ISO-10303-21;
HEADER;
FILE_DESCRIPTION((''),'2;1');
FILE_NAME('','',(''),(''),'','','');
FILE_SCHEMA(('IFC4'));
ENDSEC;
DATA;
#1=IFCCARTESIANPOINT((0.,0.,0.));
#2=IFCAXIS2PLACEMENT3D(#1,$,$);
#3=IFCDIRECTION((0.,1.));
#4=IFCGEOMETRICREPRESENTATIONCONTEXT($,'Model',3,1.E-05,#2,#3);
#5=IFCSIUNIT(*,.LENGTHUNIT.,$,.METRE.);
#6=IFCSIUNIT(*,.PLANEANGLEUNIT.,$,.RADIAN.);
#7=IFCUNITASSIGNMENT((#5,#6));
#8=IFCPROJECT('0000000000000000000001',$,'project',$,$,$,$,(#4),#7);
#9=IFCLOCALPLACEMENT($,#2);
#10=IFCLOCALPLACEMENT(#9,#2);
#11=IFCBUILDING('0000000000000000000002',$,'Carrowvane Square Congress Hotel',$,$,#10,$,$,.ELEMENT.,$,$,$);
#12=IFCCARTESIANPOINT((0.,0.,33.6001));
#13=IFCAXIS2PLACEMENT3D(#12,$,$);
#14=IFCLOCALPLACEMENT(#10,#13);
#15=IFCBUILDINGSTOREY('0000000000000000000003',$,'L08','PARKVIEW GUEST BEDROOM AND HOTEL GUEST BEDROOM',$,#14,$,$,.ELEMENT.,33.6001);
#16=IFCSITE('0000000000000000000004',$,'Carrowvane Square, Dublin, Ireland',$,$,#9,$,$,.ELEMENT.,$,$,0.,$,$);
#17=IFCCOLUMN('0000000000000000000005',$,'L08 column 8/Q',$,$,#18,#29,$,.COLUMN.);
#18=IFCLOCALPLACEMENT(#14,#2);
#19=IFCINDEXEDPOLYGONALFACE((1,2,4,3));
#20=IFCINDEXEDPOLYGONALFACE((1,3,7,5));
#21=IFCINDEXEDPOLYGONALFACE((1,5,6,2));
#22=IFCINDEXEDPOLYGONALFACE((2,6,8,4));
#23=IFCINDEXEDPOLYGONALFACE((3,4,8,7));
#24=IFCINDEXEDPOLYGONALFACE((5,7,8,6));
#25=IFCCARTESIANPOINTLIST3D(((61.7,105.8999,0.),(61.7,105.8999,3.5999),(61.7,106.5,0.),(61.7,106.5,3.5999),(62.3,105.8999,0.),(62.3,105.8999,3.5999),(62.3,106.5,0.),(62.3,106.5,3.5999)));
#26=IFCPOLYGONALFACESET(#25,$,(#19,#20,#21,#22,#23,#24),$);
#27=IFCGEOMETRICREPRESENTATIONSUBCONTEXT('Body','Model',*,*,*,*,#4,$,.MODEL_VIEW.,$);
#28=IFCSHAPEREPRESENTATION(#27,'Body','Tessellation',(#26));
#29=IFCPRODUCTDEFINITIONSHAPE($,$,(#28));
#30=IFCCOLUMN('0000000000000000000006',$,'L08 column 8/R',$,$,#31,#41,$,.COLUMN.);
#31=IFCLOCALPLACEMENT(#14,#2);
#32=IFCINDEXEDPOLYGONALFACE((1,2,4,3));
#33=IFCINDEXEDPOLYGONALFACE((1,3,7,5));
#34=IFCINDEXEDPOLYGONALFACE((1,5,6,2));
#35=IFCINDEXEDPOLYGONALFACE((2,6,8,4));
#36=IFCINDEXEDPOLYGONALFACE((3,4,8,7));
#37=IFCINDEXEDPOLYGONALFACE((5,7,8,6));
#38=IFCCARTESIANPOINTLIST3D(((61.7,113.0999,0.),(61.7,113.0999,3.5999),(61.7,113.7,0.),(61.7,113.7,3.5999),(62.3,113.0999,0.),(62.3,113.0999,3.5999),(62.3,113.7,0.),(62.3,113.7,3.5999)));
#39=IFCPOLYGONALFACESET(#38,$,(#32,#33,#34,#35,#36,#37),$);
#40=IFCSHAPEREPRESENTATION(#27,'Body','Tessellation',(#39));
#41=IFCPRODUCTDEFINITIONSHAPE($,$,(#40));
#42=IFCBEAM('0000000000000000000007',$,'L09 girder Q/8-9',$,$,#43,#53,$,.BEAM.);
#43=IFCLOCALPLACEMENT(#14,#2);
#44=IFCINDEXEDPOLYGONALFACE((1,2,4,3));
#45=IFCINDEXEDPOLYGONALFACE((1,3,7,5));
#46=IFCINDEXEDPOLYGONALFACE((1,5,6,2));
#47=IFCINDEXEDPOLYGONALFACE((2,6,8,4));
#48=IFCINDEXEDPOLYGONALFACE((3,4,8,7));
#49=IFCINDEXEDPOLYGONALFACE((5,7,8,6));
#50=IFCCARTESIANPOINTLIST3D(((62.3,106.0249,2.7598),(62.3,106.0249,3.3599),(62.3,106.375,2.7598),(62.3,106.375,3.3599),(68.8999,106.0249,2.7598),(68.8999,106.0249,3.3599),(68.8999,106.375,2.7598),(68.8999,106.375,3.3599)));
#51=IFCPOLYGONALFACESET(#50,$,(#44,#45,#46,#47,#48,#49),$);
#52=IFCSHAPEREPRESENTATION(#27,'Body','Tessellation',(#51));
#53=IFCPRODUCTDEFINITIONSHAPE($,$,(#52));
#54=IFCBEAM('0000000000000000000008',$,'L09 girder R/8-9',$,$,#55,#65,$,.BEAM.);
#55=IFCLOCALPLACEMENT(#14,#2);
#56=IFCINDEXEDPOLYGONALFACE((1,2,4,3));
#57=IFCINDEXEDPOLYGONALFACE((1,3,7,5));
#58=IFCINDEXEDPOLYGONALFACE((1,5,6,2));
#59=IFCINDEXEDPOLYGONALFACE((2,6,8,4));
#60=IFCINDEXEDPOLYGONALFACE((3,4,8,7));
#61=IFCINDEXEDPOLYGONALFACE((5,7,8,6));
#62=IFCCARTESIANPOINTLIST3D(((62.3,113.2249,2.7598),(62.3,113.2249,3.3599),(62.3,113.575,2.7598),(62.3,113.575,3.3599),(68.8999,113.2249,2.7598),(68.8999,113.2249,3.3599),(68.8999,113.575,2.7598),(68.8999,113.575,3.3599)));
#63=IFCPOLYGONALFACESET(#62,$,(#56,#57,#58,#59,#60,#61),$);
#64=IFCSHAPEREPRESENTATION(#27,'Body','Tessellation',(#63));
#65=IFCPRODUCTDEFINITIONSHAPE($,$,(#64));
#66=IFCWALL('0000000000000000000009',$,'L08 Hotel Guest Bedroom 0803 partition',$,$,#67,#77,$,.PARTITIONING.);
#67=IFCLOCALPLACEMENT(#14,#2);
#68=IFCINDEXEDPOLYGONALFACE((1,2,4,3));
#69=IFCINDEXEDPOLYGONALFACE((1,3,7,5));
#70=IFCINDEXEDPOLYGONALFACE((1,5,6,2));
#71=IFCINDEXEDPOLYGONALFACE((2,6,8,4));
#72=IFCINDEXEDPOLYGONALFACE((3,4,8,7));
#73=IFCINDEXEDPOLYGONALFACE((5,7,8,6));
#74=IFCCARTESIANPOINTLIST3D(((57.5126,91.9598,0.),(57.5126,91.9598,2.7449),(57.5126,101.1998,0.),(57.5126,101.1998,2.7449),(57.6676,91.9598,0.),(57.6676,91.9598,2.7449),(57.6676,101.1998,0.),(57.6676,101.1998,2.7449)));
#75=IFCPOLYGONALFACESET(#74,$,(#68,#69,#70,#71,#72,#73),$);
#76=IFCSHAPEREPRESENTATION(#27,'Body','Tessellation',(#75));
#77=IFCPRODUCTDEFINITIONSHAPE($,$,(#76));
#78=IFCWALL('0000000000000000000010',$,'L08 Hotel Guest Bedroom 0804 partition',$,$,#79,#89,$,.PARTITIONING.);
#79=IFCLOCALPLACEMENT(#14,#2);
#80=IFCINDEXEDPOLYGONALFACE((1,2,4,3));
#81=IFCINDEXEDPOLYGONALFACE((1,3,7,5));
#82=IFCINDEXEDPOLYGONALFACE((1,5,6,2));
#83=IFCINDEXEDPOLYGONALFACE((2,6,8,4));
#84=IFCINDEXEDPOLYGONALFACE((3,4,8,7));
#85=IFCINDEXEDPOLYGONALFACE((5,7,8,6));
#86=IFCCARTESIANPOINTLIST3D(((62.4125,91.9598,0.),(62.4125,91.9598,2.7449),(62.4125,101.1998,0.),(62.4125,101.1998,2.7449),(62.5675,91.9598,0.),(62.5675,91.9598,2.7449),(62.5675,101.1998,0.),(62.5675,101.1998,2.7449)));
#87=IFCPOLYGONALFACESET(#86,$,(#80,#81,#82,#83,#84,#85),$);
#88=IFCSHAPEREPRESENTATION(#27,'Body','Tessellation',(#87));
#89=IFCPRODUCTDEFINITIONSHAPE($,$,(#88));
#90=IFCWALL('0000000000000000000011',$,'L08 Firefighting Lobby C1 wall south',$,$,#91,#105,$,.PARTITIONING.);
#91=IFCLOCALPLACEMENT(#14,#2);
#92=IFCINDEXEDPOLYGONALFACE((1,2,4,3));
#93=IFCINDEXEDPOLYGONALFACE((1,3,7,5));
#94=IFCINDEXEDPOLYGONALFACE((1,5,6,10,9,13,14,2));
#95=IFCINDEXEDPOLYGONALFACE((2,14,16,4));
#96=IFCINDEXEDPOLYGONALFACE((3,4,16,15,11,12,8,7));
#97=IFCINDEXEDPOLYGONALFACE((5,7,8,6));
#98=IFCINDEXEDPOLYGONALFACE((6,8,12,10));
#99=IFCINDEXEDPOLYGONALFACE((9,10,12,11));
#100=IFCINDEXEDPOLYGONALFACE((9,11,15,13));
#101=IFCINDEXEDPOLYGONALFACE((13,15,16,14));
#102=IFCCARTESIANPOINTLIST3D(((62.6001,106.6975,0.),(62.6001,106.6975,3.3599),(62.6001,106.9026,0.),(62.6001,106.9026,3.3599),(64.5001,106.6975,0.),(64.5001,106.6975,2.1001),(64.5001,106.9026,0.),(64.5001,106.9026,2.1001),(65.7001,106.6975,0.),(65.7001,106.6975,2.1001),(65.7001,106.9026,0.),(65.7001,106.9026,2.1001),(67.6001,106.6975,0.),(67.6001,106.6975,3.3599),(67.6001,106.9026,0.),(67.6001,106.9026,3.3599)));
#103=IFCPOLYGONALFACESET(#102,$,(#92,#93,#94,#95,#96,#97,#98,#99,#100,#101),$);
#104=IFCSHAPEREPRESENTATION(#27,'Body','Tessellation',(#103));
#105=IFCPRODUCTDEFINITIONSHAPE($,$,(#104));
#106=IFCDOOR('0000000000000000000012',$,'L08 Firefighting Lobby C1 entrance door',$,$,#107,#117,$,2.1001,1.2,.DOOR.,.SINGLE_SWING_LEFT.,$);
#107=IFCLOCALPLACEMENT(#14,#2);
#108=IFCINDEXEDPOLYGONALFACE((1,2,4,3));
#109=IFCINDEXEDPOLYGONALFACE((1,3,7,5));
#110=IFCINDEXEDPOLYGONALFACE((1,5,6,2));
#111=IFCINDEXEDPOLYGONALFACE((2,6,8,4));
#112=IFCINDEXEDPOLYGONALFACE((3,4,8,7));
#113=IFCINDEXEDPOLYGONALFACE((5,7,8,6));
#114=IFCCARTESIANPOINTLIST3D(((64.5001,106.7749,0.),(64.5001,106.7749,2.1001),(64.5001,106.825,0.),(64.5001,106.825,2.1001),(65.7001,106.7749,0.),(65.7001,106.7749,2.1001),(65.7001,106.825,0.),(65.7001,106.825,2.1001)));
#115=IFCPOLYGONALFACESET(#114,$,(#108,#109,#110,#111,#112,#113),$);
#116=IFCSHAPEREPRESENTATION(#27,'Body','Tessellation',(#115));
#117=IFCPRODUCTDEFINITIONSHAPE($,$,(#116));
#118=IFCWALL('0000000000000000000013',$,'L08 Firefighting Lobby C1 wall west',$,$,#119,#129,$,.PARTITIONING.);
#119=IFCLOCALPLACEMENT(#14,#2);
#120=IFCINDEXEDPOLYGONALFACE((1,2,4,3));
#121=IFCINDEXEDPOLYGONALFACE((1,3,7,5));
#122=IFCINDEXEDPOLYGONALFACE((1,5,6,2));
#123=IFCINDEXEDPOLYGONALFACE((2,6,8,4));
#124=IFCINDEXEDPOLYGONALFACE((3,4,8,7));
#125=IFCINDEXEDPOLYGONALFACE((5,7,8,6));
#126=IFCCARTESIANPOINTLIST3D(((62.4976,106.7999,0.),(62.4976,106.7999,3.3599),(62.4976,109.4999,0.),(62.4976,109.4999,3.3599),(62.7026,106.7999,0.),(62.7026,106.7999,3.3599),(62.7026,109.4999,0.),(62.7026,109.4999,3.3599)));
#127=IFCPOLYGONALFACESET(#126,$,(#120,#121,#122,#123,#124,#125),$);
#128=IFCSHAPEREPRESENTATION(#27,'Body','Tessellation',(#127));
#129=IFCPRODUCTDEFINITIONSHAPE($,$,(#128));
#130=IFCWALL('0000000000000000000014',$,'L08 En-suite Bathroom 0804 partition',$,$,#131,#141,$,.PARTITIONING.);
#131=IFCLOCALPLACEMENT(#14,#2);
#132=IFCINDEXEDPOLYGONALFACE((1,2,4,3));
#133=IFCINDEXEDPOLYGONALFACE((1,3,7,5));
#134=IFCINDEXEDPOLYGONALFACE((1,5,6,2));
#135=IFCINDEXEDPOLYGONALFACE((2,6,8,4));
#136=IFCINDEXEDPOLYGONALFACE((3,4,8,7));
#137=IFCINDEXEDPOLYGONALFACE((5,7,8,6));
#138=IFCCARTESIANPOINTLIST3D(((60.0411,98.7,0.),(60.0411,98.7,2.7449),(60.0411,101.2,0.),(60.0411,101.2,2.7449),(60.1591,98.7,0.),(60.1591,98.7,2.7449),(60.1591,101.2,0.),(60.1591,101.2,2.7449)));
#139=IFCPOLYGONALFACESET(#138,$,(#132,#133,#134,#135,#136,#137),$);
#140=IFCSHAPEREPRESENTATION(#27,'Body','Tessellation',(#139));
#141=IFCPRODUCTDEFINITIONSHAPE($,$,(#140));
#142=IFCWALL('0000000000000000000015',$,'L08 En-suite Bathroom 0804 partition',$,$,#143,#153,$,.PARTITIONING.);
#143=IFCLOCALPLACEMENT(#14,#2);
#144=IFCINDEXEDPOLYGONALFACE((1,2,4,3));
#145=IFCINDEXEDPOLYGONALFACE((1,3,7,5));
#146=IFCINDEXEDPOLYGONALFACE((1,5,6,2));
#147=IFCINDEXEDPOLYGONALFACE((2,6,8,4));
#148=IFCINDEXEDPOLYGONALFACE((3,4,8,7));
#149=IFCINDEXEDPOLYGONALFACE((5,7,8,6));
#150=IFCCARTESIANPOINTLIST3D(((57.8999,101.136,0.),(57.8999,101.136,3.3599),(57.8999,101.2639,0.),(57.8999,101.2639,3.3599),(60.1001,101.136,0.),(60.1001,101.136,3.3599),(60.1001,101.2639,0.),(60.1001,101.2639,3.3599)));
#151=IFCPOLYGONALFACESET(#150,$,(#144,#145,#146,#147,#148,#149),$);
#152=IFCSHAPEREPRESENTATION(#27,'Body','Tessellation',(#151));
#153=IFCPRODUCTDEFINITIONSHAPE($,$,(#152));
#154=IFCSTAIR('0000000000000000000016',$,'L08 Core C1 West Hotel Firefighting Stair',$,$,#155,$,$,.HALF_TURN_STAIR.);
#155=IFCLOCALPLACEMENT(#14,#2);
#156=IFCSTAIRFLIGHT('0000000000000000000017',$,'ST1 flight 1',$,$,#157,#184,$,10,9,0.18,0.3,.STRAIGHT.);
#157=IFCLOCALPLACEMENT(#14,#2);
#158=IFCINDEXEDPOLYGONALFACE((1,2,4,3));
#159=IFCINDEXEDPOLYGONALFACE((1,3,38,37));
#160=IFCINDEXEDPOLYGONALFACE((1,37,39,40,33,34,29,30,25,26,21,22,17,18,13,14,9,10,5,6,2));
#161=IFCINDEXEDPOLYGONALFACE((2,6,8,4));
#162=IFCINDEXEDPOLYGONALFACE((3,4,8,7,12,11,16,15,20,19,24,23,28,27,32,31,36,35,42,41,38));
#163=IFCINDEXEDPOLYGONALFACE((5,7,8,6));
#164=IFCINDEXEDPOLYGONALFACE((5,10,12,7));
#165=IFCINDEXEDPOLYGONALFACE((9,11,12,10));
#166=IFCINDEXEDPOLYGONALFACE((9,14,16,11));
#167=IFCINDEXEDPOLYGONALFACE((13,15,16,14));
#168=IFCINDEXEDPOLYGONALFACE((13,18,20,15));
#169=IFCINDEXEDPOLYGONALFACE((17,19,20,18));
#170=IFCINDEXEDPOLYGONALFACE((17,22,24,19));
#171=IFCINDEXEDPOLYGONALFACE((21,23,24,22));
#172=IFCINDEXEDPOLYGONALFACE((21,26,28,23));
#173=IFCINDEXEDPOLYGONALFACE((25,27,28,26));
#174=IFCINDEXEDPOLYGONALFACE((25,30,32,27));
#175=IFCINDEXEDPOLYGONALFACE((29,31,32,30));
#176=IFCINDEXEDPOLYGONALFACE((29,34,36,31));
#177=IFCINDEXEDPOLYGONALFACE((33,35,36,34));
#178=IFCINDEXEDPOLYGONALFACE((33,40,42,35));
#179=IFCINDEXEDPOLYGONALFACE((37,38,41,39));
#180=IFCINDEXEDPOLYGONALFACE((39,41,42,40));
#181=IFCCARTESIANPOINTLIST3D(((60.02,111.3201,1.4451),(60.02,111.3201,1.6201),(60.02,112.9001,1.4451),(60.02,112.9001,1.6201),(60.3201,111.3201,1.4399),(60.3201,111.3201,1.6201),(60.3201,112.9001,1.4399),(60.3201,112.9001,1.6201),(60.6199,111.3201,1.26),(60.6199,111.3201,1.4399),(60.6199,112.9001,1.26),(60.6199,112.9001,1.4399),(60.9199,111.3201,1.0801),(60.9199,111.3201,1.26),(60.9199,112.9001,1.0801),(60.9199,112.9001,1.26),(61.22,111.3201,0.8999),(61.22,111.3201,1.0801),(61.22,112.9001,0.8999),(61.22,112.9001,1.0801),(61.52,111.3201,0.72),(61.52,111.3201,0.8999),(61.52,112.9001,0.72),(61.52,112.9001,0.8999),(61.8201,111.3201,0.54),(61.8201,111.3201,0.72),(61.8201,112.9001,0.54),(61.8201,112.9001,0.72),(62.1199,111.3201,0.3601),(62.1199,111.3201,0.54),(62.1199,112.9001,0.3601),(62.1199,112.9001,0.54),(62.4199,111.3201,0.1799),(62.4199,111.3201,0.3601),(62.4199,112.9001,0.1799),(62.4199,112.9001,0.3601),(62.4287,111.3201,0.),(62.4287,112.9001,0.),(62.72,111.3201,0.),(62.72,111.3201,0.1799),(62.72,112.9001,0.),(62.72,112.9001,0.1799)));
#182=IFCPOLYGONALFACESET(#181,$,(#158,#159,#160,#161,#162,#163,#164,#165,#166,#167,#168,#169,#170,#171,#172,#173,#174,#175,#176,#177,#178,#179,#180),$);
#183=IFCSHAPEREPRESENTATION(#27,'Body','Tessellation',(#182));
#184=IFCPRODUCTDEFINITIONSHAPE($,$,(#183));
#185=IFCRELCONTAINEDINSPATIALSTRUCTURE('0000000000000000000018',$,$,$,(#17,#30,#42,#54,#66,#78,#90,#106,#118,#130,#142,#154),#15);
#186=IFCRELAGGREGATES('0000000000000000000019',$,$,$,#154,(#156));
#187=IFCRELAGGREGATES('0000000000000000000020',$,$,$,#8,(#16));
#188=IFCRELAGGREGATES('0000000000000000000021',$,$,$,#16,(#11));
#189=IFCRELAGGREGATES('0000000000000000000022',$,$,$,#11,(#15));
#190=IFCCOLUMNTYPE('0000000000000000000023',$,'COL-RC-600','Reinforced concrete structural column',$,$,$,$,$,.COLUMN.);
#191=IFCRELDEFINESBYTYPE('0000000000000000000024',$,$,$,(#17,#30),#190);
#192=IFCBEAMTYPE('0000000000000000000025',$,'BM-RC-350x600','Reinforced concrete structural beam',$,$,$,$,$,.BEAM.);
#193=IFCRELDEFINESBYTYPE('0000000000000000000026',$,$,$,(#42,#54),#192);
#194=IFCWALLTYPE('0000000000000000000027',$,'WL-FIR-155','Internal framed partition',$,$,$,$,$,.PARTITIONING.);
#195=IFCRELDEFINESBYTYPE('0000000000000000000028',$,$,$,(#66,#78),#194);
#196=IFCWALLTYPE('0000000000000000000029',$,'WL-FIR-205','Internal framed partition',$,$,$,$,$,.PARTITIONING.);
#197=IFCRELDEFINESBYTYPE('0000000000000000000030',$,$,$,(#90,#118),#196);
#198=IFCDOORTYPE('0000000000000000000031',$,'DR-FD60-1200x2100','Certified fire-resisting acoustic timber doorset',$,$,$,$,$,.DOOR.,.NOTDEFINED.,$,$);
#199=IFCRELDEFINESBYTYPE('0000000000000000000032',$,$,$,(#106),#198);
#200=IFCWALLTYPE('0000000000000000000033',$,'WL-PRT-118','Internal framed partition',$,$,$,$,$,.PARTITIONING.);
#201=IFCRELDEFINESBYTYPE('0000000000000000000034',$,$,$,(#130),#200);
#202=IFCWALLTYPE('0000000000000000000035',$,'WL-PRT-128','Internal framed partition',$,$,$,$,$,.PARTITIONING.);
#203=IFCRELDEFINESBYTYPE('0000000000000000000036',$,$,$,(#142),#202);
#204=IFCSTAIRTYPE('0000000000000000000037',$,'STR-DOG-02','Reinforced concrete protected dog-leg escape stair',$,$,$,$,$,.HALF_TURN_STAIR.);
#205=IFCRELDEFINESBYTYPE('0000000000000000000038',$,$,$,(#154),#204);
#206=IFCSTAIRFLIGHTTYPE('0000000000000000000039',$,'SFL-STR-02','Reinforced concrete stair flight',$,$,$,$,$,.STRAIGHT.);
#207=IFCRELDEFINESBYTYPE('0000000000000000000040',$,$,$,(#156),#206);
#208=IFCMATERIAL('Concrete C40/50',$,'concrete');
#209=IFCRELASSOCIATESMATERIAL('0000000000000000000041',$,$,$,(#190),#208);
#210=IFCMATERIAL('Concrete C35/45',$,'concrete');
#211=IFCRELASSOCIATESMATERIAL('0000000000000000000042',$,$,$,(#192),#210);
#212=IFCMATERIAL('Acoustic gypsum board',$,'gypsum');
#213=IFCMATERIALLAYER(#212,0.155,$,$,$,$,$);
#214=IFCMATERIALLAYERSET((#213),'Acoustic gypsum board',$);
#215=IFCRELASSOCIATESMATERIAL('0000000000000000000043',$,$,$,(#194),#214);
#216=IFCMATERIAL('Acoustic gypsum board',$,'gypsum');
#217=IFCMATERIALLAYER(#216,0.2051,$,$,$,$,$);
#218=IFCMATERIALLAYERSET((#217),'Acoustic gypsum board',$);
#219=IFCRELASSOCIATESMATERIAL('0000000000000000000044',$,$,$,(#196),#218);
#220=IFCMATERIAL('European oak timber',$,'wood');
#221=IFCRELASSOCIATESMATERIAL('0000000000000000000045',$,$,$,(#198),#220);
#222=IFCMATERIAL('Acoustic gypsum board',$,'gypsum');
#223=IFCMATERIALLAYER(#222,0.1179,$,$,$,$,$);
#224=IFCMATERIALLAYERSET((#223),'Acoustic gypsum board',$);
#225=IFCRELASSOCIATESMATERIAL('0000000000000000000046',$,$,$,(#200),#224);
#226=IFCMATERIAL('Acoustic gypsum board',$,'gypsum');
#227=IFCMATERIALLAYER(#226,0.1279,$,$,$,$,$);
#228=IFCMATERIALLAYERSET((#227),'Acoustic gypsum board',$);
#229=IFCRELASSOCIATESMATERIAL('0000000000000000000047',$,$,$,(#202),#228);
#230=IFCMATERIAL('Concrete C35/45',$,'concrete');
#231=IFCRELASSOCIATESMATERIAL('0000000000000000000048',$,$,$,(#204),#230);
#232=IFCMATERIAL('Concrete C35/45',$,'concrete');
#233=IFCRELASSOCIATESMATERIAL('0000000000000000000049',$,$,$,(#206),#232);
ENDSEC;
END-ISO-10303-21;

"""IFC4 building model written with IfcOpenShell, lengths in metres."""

from ifc_helpers import new_model, si_unit, direction, frame, frame_2d, origin, origin_2d, place, context, subcontext, project, spatial, polyline, rectangle, outline, extrude, material, layer, layer_set, material_profile, profile_set, type_object, element, fill, aggregate, save


model = new_model("IFC4")

# Units and contexts
model_context = context("Model", 3, precision=1e-05, world=origin(), true_north=direction((0.0, 1.0)))
body_context = subcontext(model_context, "Body", "Model", "MODEL_VIEW")
ifc_project = project(units=[si_unit("LENGTHUNIT", "METRE"), si_unit("PLANEANGLEUNIT", "RADIAN")], contexts=[model_context])

# Site, building, storey
site_placement = place(None, origin())
site = spatial("IfcSite", under=ifc_project, at=site_placement, Name="Carrowvane Square, Dublin, Ireland", CompositionType="ELEMENT", RefElevation=0.0)
building_placement = place(site_placement, origin())
building = spatial("IfcBuilding", under=site, at=building_placement, Name="Carrowvane Square Congress Hotel", CompositionType="ELEMENT")
storey_placement = place(building_placement, frame((0.0, 0.0, 33.6001)))
storey = spatial("IfcBuildingStorey", under=building, at=storey_placement, Name="L08", Description="PARKVIEW GUEST BEDROOM AND HOTEL GUEST BEDROOM", CompositionType="ELEMENT", Elevation=33.6001)

# Columns
ifc_material_1 = material(Name="Concrete C40/50", Category="concrete")
ifc_material_profile_1 = material_profile(ifc_material_1, rectangle(XDim=0.6001, YDim=0.6001, at=origin_2d()), Name="RC 600x600")
ifc_profile_set_1 = profile_set([ifc_material_profile_1], Name="Concrete C40/50")
column_type = type_object("IfcColumnType", Name="COL-RC-600", Description="Reinforced concrete structural column", PredefinedType="COLUMN", material=ifc_profile_set_1)
for number, where, z_axis, x_axis, name in (
    (1, (62.0, 106.2, 0.0), (0.0, 0.0, 1.0), (1.0, 0.0, 0.0), "L08 column 8/Q"),
    (2, (62.0, 113.3999, 0.0), (0.0, 0.0, 1.0), (1.0, 0.0, 0.0), "L08 column 8/R"),
):
    element("IfcColumn", number, at=place(storey_placement, frame(where, z_axis=z_axis, x_axis=x_axis)), inside=storey, type_object=column_type, Name=name, PredefinedType="COLUMN", context=body_context, shape_type="SweptSolid", body=[
        extrude(rectangle(XDim=0.6001, YDim=0.6001, at=origin_2d()), origin(), (0.0, 0.0, 1.0), 3.5999),
    ])

# Beams
ifc_material_2 = material(Name="Concrete C35/45", Category="concrete")
ifc_material_profile_2 = material_profile(ifc_material_2, rectangle(XDim=0.3501, YDim=0.6001, at=origin_2d()), Name="RC 350x600")
ifc_profile_set_2 = profile_set([ifc_material_profile_2], Name="Concrete C35/45")
beam_type = type_object("IfcBeamType", Name="BM-RC-350x600", Description="Reinforced concrete structural beam", PredefinedType="BEAM", material=ifc_profile_set_2)
for number, where, z_axis, x_axis, name in (
    (3, (62.3, 106.2, 3.0598), (1.0, 0.0, 0.0), (0.0, 1.0, 0.0), "L09 girder Q/8-9"),
    (4, (62.3, 113.3999, 3.0598), (1.0, 0.0, 0.0), (0.0, 1.0, 0.0), "L09 girder R/8-9"),
):
    element("IfcBeam", number, at=place(storey_placement, frame(where, z_axis=z_axis, x_axis=x_axis)), inside=storey, type_object=beam_type, Name=name, PredefinedType="BEAM", context=body_context, shape_type="SweptSolid", body=[
        extrude(rectangle(XDim=0.3501, YDim=0.6001, at=origin_2d()), origin(), (0.0, 0.0, 1.0), 6.5999),
    ])

# Walls
ifc_material_3 = material(Name="Acoustic gypsum board", Category="gypsum")
ifc_layer_1 = layer(ifc_material_3, 0.155)
ifc_layer_set_1 = layer_set([ifc_layer_1], Name="Acoustic gypsum board")
wall_type_1 = type_object("IfcWallType", Name="WL-FIR-155", Description="Internal framed partition", PredefinedType="PARTITIONING", material=ifc_layer_set_1)
for number, where, z_axis, x_axis, name in (
    (5, (57.5901, 101.2, 0.0), (0.0, 0.0, 1.0), (0.0, -1.0, 0.0), "L08 Hotel Guest Bedroom 0803 partition"),
    (6, (62.49, 101.2, 0.0), (0.0, 0.0, 1.0), (0.0, -1.0, 0.0), "L08 Hotel Guest Bedroom 0804 partition"),
):
    element("IfcWall", number, at=place(storey_placement, frame(where, z_axis=z_axis, x_axis=x_axis)), inside=storey, type_object=wall_type_1, Name=name, PredefinedType="PARTITIONING", context=body_context, shape_type="SweptSolid", body=[
        extrude(rectangle(XDim=9.24, YDim=0.155, at=frame_2d((4.6201, 0.0))), origin(), (0.0, 0.0, 1.0), 2.7449),
    ])

# Wall, opening, door
ifc_material_4 = material(Name="Acoustic gypsum board", Category="gypsum")
ifc_layer_2 = layer(ifc_material_4, 0.2051)
ifc_layer_set_2 = layer_set([ifc_layer_2], Name="Acoustic gypsum board")
wall_type_2 = type_object("IfcWallType", Name="WL-FIR-205", Description="Internal framed partition", PredefinedType="PARTITIONING", material=ifc_layer_set_2)
wall_1_placement = place(storey_placement, frame((62.6001, 106.8, 0.0), z_axis=(0.0, 0.0, 1.0), x_axis=(1.0, 0.0, 0.0)))
wall_1 = element("IfcWall", 7, at=wall_1_placement, inside=storey, type_object=wall_type_2, Name="L08 Firefighting Lobby C1 wall south", PredefinedType="PARTITIONING", context=body_context, shape_type="SweptSolid", body=[
    extrude(rectangle(XDim=5.0, YDim=0.2051, at=frame_2d((2.5, 0.0))), origin(), (0.0, 0.0, 1.0), 3.3599),
])
opening_1_placement = place(wall_1_placement, frame((1.8999, 0.0, 0.0)))
opening_1 = element("IfcOpeningElement", 8, at=opening_1_placement, cuts=wall_1, PredefinedType="OPENING", context=body_context, shape_type="SweptSolid", body=[
    extrude(rectangle(XDim=1.2, YDim=2.1001, at=frame_2d((0.6001, 1.05))), frame((0.0, 0.1125, 0.0), z_axis=(0.0, -1.0, 0.0), x_axis=(1.0, 0.0, 0.0)), (0.0, 0.0, 1.0), 0.2251),
])
ifc_material_5 = material(Name="European oak timber", Category="wood")
door_type_1 = type_object("IfcDoorType", Name="DR-FD60-1200x2100", Description="Certified fire-resisting acoustic timber doorset", OperationType="NOTDEFINED", PredefinedType="DOOR", material=ifc_material_5)
door_1_placement = place(opening_1_placement, origin())
door_1 = element("IfcDoor", 9, at=door_1_placement, inside=storey, type_object=door_type_1, Name="L08 Firefighting Lobby C1 entrance door", OperationType="SINGLE_SWING_LEFT", OverallHeight=2.1001, OverallWidth=1.2, PredefinedType="DOOR", context=body_context, shape_type="SweptSolid", body=[
    extrude(rectangle(XDim=1.2, YDim=2.1001, at=frame_2d((0.6001, 1.05))), frame((0.0, 0.0249, 0.0), z_axis=(0.0, -1.0, 0.0), x_axis=(1.0, 0.0, 0.0)), (0.0, 0.0, 1.0), 0.05),
])
fill(opening_1, door_1)

# Walls
wall_2_placement = place(storey_placement, frame((62.6001, 109.5, 0.0), z_axis=(0.0, 0.0, 1.0), x_axis=(0.0, -1.0, 0.0)))
element("IfcWall", 10, at=wall_2_placement, inside=storey, type_object=wall_type_2, Name="L08 Firefighting Lobby C1 wall west", PredefinedType="PARTITIONING", context=body_context, shape_type="SweptSolid", body=[
    extrude(rectangle(XDim=2.7, YDim=0.2051, at=frame_2d((1.3501, 0.0))), origin(), (0.0, 0.0, 1.0), 3.3599),
])
ifc_material_6 = material(Name="Acoustic gypsum board", Category="gypsum")
ifc_layer_3 = layer(ifc_material_6, 0.1179)
ifc_layer_set_3 = layer_set([ifc_layer_3], Name="Acoustic gypsum board")
wall_type_3 = type_object("IfcWallType", Name="WL-PRT-118", Description="Internal framed partition", PredefinedType="PARTITIONING", material=ifc_layer_set_3)
wall_3_placement = place(storey_placement, frame((60.1001, 101.2, 0.0), z_axis=(0.0, 0.0, 1.0), x_axis=(0.0, -1.0, 0.0)))
element("IfcWall", 11, at=wall_3_placement, inside=storey, type_object=wall_type_3, Name="L08 En-suite Bathroom 0804 partition", PredefinedType="PARTITIONING", context=body_context, shape_type="SweptSolid", body=[
    extrude(rectangle(XDim=2.5, YDim=0.1179, at=frame_2d((1.25, 0.0))), origin(), (0.0, 0.0, 1.0), 2.7449),
])
ifc_material_7 = material(Name="Acoustic gypsum board", Category="gypsum")
ifc_layer_4 = layer(ifc_material_7, 0.1279)
ifc_layer_set_4 = layer_set([ifc_layer_4], Name="Acoustic gypsum board")
wall_type_4 = type_object("IfcWallType", Name="WL-PRT-128", Description="Internal framed partition", PredefinedType="PARTITIONING", material=ifc_layer_set_4)
wall_4_placement = place(storey_placement, frame((57.8999, 101.2, 0.0), z_axis=(0.0, 0.0, 1.0), x_axis=(1.0, 0.0, 0.0)))
element("IfcWall", 12, at=wall_4_placement, inside=storey, type_object=wall_type_4, Name="L08 En-suite Bathroom 0804 partition", PredefinedType="PARTITIONING", context=body_context, shape_type="SweptSolid", body=[
    extrude(rectangle(XDim=2.2002, YDim=0.1279, at=frame_2d((1.1001, 0.0))), origin(), (0.0, 0.0, 1.0), 3.3599),
])

# Stair, stair flight
ifc_material_8 = material(Name="Concrete C35/45", Category="concrete")
stair_type = type_object("IfcStairType", Name="STR-DOG-02", Description="Reinforced concrete protected dog-leg escape stair", PredefinedType="HALF_TURN_STAIR", material=ifc_material_8)
stair_placement = place(storey_placement, origin())
stair = element("IfcStair", 13, at=stair_placement, inside=storey, type_object=stair_type, Name="L08 Core C1 West Hotel Firefighting Stair", PredefinedType="HALF_TURN_STAIR")
ifc_material_9 = material(Name="Concrete C35/45", Category="concrete")
stair_flight_type = type_object("IfcStairFlightType", Name="SFL-STR-02", Description="Reinforced concrete stair flight", PredefinedType="STRAIGHT", material=ifc_material_9)
stair_flight_1_placement = place(storey_placement, frame((62.72, 112.1101, 0.0), z_axis=(0.0, 0.0, 1.0), x_axis=(-1.0, 0.0, 0.0)))
stair_flight_1 = element("IfcStairFlight", 14, at=stair_flight_1_placement, type_object=stair_flight_type, Name="ST1 flight 1", NumberOfRisers=10, NumberOfTreads=9, PredefinedType="STRAIGHT", RiserHeight=0.18, TreadLength=0.3, context=body_context, shape_type="SweptSolid", body=[
    extrude(outline(polyline([(0.0, 0.0), (0.0, 0.1799), (0.3, 0.1799), (0.3, 0.3601), (0.6001, 0.3601), (0.6001, 0.54), (0.8999, 0.54), (0.8999, 0.72), (1.2, 0.72), (1.2, 0.8999), (1.5, 0.8999), (1.5, 1.0801), (1.8, 1.0801), (1.8, 1.26), (2.1001, 1.26), (2.1001, 1.4399), (2.3999, 1.4399), (2.3999, 1.6201), (2.7, 1.6201), (2.7, 1.8), (2.7, 1.4451), (0.2913, 0.0), (0.0, 0.0)])), frame((0.0, 0.79, 0.0), z_axis=(0.0, -1.0, 0.0), x_axis=(1.0, 0.0, 0.0)), (0.0, 0.0, 1.0), 1.5801),
])
aggregate(stair, [stair_flight_1])

save(model, "model.ifc")
